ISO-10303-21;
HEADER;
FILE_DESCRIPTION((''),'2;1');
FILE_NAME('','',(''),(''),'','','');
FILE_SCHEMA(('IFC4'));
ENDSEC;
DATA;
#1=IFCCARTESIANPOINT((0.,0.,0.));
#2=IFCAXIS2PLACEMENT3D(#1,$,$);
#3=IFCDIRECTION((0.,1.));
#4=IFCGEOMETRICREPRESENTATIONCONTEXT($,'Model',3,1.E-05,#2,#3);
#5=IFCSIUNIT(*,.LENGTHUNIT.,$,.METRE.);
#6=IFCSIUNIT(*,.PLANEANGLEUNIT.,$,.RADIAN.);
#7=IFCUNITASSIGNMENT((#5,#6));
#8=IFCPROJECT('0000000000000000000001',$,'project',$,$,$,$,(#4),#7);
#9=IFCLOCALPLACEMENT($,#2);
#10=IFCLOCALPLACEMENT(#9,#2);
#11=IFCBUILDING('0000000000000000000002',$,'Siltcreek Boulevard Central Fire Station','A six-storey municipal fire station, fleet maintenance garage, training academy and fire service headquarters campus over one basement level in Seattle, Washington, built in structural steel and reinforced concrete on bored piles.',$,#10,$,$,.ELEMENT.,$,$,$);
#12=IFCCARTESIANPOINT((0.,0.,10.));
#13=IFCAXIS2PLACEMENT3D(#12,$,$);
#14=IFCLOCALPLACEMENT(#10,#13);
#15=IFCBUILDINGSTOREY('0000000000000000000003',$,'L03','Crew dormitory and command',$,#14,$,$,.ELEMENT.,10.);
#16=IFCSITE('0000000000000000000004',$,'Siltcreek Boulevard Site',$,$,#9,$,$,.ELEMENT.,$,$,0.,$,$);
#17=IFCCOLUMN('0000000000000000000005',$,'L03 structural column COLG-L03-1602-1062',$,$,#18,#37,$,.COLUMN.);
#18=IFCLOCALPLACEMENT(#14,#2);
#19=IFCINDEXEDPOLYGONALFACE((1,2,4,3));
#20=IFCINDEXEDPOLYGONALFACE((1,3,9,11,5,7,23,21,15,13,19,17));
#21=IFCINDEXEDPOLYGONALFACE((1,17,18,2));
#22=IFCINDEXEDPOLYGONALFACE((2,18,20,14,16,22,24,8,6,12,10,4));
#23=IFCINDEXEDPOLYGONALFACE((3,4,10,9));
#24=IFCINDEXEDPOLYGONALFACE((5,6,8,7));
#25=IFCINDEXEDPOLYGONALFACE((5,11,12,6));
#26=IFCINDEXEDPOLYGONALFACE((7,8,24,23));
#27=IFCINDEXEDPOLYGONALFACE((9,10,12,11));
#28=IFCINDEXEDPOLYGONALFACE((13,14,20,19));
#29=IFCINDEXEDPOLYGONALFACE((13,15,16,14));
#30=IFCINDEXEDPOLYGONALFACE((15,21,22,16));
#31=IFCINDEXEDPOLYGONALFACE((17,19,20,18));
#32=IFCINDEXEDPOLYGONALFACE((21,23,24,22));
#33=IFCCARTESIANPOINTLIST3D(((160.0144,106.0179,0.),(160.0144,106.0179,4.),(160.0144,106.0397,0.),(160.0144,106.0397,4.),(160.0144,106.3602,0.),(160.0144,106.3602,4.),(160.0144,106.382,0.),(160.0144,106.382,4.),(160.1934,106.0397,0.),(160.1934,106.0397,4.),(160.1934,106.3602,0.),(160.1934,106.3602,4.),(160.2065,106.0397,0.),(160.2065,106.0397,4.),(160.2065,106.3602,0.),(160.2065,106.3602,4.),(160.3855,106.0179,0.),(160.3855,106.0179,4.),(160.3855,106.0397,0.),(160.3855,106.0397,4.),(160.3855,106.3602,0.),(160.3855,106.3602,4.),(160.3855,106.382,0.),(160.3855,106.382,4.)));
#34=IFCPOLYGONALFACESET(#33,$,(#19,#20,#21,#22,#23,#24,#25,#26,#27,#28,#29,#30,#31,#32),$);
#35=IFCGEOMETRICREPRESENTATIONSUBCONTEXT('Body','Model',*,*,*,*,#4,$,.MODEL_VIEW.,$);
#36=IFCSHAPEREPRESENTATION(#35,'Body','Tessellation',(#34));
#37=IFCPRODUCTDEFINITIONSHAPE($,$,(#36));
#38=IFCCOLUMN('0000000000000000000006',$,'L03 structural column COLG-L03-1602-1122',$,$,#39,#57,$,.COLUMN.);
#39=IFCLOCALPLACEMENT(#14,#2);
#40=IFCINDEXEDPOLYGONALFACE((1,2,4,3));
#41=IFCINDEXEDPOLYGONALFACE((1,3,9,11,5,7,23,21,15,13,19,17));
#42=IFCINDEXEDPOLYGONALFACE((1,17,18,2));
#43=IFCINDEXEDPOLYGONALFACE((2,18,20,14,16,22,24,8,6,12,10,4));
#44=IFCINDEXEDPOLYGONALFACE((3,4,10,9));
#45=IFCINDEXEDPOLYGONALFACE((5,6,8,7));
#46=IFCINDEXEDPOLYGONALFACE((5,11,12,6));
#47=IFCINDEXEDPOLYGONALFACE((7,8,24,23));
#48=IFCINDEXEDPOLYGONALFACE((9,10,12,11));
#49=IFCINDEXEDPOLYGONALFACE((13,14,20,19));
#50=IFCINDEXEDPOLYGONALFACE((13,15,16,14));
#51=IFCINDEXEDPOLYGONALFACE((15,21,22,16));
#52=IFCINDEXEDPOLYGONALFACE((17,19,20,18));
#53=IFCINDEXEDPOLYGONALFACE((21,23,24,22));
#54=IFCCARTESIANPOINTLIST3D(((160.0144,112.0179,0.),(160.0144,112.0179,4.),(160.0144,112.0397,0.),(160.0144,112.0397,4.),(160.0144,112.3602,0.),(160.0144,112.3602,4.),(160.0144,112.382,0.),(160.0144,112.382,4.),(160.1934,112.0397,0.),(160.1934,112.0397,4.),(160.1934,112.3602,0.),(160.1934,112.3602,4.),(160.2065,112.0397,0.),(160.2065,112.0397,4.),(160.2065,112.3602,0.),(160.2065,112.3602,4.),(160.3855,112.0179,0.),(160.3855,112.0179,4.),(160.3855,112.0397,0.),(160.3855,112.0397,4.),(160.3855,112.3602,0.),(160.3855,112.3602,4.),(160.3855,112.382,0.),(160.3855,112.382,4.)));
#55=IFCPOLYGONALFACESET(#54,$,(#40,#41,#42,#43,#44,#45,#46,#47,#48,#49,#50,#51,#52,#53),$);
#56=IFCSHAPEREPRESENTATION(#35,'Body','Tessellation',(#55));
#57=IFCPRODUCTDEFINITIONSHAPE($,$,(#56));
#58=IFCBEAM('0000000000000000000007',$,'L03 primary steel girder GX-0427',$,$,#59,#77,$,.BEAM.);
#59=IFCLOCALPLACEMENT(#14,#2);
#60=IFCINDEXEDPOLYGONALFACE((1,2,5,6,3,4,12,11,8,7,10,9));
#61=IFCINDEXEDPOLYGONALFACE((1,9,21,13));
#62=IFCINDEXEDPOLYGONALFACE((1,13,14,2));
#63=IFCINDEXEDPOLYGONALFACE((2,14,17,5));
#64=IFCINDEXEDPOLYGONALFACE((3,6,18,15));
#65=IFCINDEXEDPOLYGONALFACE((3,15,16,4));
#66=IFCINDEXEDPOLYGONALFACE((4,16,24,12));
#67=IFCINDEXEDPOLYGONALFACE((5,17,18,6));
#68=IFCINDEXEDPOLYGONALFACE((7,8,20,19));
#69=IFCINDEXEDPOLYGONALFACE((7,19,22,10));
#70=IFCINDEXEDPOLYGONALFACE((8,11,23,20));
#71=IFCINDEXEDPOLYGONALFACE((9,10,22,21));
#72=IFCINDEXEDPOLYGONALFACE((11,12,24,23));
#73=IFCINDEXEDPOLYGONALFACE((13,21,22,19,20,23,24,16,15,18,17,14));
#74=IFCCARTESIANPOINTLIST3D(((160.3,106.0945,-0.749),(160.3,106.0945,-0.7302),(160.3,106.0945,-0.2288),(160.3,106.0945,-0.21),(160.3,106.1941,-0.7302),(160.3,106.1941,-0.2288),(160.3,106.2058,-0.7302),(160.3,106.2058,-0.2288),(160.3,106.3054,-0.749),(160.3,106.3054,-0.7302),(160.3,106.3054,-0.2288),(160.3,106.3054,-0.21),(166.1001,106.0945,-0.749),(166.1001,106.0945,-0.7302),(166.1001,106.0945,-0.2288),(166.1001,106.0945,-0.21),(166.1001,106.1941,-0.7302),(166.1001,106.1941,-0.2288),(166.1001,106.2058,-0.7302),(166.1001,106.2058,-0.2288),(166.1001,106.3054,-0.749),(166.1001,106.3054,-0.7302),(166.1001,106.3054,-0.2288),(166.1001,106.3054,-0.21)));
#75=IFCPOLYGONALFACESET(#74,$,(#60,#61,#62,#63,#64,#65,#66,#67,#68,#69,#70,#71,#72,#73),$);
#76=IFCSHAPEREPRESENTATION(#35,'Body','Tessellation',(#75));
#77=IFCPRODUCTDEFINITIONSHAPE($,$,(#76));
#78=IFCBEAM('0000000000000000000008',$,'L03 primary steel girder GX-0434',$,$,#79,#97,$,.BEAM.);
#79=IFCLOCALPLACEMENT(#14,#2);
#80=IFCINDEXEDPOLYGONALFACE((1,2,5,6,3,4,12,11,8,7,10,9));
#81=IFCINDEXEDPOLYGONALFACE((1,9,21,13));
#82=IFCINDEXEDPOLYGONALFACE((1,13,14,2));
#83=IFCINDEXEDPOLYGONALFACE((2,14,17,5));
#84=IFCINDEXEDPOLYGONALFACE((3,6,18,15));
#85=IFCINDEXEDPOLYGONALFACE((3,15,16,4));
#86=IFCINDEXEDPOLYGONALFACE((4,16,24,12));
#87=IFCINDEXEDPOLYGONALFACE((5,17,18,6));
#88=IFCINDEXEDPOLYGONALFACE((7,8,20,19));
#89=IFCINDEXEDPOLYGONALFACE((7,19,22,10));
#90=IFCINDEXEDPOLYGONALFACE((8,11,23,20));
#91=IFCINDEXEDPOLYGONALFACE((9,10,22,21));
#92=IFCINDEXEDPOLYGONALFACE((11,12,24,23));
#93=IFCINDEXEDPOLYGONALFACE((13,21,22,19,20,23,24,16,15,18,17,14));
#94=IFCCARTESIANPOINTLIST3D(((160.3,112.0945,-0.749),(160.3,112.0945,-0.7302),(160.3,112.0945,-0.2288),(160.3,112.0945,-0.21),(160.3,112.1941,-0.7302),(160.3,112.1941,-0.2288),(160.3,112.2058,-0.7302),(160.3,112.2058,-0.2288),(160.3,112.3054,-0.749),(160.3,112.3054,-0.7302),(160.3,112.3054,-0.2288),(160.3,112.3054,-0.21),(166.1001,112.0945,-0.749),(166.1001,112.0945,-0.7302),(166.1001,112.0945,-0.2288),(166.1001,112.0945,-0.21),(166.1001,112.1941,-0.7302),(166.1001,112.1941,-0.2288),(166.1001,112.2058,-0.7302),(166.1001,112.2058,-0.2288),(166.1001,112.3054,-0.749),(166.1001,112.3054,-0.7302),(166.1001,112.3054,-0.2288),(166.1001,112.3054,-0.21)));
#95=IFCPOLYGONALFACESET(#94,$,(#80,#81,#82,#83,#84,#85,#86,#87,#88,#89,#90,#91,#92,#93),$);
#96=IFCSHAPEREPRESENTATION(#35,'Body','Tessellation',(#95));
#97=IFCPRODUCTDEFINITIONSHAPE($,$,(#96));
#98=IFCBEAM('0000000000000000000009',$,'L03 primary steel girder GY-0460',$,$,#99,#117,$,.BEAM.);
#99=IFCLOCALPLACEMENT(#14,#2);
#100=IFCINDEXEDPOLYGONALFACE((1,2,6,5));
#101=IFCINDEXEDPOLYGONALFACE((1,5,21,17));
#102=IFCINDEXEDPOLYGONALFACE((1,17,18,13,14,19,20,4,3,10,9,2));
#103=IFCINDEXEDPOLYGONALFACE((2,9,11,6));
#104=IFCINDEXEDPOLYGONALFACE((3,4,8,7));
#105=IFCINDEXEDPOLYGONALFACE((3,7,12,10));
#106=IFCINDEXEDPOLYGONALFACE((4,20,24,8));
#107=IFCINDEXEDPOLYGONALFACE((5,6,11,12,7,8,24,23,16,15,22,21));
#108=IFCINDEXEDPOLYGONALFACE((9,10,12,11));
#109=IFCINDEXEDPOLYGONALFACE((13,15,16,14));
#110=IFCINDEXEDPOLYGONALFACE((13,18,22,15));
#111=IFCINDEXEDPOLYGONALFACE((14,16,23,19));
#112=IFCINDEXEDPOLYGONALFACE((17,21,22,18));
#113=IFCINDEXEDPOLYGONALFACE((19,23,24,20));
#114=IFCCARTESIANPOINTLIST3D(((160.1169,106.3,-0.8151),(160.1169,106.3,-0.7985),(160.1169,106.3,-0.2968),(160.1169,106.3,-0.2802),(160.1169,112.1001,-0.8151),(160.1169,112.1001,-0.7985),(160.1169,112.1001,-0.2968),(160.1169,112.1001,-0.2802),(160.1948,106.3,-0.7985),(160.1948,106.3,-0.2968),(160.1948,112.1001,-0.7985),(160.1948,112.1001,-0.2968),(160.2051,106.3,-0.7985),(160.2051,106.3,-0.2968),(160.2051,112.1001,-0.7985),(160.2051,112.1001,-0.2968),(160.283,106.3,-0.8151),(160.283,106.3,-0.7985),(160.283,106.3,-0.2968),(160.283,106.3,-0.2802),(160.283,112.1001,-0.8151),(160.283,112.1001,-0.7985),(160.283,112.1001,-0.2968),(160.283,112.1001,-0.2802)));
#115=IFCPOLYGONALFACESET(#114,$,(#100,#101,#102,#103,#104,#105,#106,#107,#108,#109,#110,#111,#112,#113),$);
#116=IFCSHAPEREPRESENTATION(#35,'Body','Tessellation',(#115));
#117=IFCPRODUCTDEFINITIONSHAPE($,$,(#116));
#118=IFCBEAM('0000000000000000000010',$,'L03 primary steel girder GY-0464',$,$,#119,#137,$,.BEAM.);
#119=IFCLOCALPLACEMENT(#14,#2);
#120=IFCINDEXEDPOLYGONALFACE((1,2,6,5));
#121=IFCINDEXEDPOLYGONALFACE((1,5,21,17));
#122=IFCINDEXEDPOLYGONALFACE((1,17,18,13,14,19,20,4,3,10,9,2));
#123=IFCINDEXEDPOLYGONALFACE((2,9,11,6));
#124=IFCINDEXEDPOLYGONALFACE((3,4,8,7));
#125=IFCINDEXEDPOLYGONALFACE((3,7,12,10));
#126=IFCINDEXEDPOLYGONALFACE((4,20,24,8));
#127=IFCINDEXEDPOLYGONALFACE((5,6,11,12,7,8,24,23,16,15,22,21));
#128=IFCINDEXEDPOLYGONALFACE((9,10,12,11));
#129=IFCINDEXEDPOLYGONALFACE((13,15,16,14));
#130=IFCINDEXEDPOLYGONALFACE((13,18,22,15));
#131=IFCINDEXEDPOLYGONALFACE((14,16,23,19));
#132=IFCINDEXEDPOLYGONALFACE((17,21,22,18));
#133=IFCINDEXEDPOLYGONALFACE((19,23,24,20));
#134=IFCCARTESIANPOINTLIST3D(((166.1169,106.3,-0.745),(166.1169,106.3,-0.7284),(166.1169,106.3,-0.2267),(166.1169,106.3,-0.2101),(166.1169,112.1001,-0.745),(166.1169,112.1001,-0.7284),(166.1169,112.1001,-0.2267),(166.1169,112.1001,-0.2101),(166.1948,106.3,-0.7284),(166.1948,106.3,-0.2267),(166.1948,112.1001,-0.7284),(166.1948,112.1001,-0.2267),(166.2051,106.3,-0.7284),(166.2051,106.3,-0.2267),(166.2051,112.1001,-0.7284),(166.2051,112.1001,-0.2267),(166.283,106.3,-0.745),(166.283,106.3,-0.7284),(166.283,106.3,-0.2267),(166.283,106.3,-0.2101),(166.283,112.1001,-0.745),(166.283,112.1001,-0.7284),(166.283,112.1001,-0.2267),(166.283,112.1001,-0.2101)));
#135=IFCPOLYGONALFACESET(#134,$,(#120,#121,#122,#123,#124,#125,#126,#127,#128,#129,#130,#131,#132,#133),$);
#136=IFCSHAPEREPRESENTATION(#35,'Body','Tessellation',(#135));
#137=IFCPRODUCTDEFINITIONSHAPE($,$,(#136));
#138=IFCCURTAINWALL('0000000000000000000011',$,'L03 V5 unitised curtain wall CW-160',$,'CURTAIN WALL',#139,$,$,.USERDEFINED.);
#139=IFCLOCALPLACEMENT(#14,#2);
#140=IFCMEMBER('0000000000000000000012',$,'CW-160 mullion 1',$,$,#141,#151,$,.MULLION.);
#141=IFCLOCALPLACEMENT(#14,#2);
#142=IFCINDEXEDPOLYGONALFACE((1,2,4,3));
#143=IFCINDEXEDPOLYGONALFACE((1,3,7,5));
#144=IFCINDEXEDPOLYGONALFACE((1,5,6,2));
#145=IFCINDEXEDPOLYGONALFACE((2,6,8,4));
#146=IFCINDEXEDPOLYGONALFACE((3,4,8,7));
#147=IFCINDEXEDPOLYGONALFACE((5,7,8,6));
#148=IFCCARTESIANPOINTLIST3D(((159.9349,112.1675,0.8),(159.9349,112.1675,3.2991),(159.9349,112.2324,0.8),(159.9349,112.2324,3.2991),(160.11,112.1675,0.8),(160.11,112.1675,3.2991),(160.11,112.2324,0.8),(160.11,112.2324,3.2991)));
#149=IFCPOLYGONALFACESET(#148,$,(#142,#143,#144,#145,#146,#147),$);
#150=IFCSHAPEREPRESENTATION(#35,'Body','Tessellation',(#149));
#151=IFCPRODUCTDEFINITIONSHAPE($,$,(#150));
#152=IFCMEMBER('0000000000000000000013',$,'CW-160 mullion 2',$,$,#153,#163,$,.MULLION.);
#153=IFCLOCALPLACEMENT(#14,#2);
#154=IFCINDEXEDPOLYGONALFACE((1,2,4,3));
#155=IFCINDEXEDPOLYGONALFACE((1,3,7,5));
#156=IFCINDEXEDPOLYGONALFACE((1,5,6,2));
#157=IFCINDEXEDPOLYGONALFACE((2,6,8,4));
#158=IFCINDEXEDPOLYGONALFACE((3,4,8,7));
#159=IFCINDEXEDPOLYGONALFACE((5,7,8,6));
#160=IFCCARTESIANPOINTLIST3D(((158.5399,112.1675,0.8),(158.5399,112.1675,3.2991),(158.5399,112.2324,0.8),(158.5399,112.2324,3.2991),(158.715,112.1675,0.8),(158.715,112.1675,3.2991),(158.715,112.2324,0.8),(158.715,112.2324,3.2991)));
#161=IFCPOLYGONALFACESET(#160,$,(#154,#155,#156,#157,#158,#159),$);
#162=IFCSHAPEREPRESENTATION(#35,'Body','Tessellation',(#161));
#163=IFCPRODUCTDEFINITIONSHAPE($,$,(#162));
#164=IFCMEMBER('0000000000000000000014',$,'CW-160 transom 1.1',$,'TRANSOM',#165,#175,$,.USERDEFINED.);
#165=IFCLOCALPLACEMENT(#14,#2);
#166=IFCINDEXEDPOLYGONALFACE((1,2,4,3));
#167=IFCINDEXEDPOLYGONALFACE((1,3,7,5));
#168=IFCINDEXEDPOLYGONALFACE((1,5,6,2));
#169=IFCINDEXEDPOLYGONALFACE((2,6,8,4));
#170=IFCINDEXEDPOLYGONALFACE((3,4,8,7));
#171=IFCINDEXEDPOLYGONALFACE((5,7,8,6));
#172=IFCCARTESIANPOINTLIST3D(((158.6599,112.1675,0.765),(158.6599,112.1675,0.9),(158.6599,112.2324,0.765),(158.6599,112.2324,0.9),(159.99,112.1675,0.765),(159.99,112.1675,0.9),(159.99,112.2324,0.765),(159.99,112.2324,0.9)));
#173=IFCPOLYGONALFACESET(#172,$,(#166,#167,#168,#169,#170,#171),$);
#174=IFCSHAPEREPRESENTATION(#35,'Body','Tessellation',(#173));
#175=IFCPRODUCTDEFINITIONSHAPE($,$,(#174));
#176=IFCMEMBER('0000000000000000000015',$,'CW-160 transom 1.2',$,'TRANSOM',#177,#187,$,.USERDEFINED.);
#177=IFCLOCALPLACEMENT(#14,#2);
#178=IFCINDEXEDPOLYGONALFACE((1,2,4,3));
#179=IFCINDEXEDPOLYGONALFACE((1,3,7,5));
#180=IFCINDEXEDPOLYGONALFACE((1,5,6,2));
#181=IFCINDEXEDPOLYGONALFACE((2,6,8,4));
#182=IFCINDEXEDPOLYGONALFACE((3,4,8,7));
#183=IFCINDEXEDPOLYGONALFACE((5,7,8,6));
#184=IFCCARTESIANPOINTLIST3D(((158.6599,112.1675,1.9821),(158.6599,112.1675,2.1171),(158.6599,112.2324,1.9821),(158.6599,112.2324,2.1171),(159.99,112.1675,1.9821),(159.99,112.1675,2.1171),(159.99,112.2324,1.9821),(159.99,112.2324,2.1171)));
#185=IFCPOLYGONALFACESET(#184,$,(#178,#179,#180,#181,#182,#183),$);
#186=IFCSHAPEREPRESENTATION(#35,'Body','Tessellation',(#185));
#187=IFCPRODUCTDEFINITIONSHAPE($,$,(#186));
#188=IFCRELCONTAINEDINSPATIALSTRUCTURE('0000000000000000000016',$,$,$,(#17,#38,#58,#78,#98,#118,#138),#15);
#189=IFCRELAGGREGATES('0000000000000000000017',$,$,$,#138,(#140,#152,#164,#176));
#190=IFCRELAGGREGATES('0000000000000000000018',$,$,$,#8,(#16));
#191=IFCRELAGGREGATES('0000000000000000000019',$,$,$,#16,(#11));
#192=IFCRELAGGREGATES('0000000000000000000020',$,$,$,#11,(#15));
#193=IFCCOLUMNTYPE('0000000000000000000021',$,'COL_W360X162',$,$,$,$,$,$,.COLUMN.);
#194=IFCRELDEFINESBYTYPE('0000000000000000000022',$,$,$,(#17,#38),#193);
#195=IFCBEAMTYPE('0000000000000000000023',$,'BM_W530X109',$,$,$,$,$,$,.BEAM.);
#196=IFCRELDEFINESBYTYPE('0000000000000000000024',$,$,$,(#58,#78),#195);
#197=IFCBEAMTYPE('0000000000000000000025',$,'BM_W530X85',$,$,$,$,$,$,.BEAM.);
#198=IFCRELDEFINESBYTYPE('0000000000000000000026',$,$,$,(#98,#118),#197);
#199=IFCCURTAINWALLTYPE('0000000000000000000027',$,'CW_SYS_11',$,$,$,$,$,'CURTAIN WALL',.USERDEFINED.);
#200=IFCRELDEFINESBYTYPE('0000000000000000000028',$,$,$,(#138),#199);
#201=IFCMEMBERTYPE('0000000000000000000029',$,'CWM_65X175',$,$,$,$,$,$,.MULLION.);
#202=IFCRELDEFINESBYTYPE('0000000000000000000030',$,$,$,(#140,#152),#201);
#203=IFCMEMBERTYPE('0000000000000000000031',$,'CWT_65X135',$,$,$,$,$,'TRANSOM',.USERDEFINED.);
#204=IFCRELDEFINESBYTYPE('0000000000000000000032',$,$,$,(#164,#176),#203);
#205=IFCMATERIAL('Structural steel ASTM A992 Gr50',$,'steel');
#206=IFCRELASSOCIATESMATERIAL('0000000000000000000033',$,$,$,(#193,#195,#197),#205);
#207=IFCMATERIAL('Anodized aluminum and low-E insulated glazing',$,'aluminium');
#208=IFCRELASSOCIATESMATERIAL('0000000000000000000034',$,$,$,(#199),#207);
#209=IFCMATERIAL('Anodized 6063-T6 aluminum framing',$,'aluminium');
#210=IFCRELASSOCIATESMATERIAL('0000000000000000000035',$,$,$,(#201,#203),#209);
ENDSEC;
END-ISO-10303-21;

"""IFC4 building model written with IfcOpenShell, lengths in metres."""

from ifc_helpers import new_model, si_unit, direction, frame, origin, origin_2d, place, context, subcontext, project, spatial, rectangle, i_section, extrude, material, material_profile, profile_set, type_object, element, aggregate, save


model = new_model("IFC4")

# Units and contexts
model_context = context("Model", 3, precision=1e-05, world=origin(), true_north=direction((0.0, 1.0)))
body_context = subcontext(model_context, "Body", "Model", "MODEL_VIEW")
ifc_project = project(units=[si_unit("LENGTHUNIT", "METRE"), si_unit("PLANEANGLEUNIT", "RADIAN")], contexts=[model_context])

# Site, building, storey
site_placement = place(None, origin())
site = spatial("IfcSite", under=ifc_project, at=site_placement, Name="Siltcreek Boulevard Site", CompositionType="ELEMENT", RefElevation=0.0)
building_placement = place(site_placement, origin())
building = spatial("IfcBuilding", under=site, at=building_placement, Name="Siltcreek Boulevard Central Fire Station", Description="A six-storey municipal fire station, fleet maintenance garage, training academy and fire service headquarters campus over one basement level in Seattle, Washington, built in structural steel and reinforced concrete on bored piles.", CompositionType="ELEMENT")
storey_placement = place(building_placement, frame((0.0, 0.0, 10.0)))
storey = spatial("IfcBuildingStorey", under=building, at=storey_placement, Name="L03", Description="Crew dormitory and command", CompositionType="ELEMENT", Elevation=10.0)

# Columns
ifc_material_1 = material(Name="Structural steel ASTM A992 Gr50", Category="steel")
ifc_material_profile_1 = material_profile(ifc_material_1, i_section(OverallWidth=0.3711, OverallDepth=0.364, WebThickness=0.0132, FlangeThickness=0.0217, at=origin_2d()), Name="W360X162")
ifc_profile_set_1 = profile_set([ifc_material_profile_1], Name="Structural steel ASTM A992 Gr50")
column_type = type_object("IfcColumnType", Name="COL_W360X162", PredefinedType="COLUMN", material=ifc_profile_set_1)
for number, where, z_axis, x_axis, name in (
    (1, (160.2, 106.2, 0.0), (0.0, 0.0, 1.0), (1.0, 0.0, 0.0), "L03 structural column COLG-L03-1602-1062"),
    (2, (160.2, 112.2, 0.0), (0.0, 0.0, 1.0), (1.0, 0.0, 0.0), "L03 structural column COLG-L03-1602-1122"),
):
    element("IfcColumn", number, at=place(storey_placement, frame(where, z_axis=z_axis, x_axis=x_axis)), inside=storey, type_object=column_type, Name=name, PredefinedType="COLUMN", context=body_context, shape_type="SweptSolid", body=[
        extrude(i_section(OverallWidth=0.3711, OverallDepth=0.364, WebThickness=0.0132, FlangeThickness=0.0217, at=origin_2d()), origin(), (0.0, 0.0, 1.0), 4.0),
    ])

# Beams
ifc_material_profile_2 = material_profile(ifc_material_1, i_section(OverallWidth=0.2109, OverallDepth=0.5391, WebThickness=0.0117, FlangeThickness=0.0188, at=origin_2d()), Name="W530X109")
ifc_profile_set_2 = profile_set([ifc_material_profile_2], Name="Structural steel ASTM A992 Gr50")
beam_type_1 = type_object("IfcBeamType", Name="BM_W530X109", PredefinedType="BEAM", material=ifc_profile_set_2)
for number, where, z_axis, x_axis, name in (
    (3, (160.3, 106.2, -0.4795), (1.0, 0.0, 0.0), (0.0, 1.0, 0.0), "L03 primary steel girder GX-0427"),
    (4, (160.3, 112.2, -0.4795), (1.0, 0.0, 0.0), (0.0, 1.0, 0.0), "L03 primary steel girder GX-0434"),
):
    element("IfcBeam", number, at=place(storey_placement, frame(where, z_axis=z_axis, x_axis=x_axis)), inside=storey, type_object=beam_type_1, Name=name, PredefinedType="BEAM", context=body_context, shape_type="SweptSolid", body=[
        extrude(i_section(OverallWidth=0.2109, OverallDepth=0.5391, WebThickness=0.0117, FlangeThickness=0.0188, at=origin_2d()), origin(), (0.0, 0.0, 1.0), 5.8),
    ])
ifc_material_profile_3 = material_profile(ifc_material_1, i_section(OverallWidth=0.166, OverallDepth=0.5349, WebThickness=0.0103, FlangeThickness=0.0166, at=origin_2d()), Name="W530X85")
ifc_profile_set_3 = profile_set([ifc_material_profile_3], Name="Structural steel ASTM A992 Gr50")
beam_type_2 = type_object("IfcBeamType", Name="BM_W530X85", PredefinedType="BEAM", material=ifc_profile_set_3)
for number, where, z_axis, x_axis, name in (
    (5, (160.2, 106.3, -0.5476), (0.0, 1.0, 0.0), (-1.0, 0.0, 0.0), "L03 primary steel girder GY-0460"),
    (6, (166.2, 106.3, -0.4775), (0.0, 1.0, 0.0), (-1.0, 0.0, 0.0), "L03 primary steel girder GY-0464"),
):
    element("IfcBeam", number, at=place(storey_placement, frame(where, z_axis=z_axis, x_axis=x_axis)), inside=storey, type_object=beam_type_2, Name=name, PredefinedType="BEAM", context=body_context, shape_type="SweptSolid", body=[
        extrude(i_section(OverallWidth=0.166, OverallDepth=0.5349, WebThickness=0.0103, FlangeThickness=0.0166, at=origin_2d()), origin(), (0.0, 0.0, 1.0), 5.8),
    ])

# Curtain wall, members
ifc_material_2 = material(Name="Anodized aluminum and low-E insulated glazing", Category="aluminium")
curtain_wall_type = type_object("IfcCurtainWallType", Name="CW_SYS_11", ElementType="CURTAIN WALL", PredefinedType="USERDEFINED", material=ifc_material_2)
curtain_wall_placement = place(storey_placement, origin())
curtain_wall = element("IfcCurtainWall", 7, at=curtain_wall_placement, inside=storey, type_object=curtain_wall_type, Name="L03 V5 unitised curtain wall CW-160", ObjectType="CURTAIN WALL", PredefinedType="USERDEFINED")
ifc_material_3 = material(Name="Anodized 6063-T6 aluminum framing", Category="aluminium")
ifc_material_profile_4 = material_profile(ifc_material_3, rectangle(XDim=0.0649, YDim=0.175, at=origin_2d()), Name="MULL65X175")
ifc_profile_set_4 = profile_set([ifc_material_profile_4], Name="Anodized 6063-T6 aluminum framing")
member_type_1 = type_object("IfcMemberType", Name="CWM_65X175", PredefinedType="MULLION", material=ifc_profile_set_4)
member_1_placement = place(storey_placement, frame((160.0225, 112.2, 0.8), z_axis=(0.0, 0.0, 1.0), x_axis=(0.0, -1.0, 0.0)))
member_1 = element("IfcMember", 8, at=member_1_placement, type_object=member_type_1, Name="CW-160 mullion 1", PredefinedType="MULLION", context=body_context, shape_type="SweptSolid", body=[
    extrude(rectangle(XDim=0.0649, YDim=0.175, at=origin_2d()), origin(), (0.0, 0.0, 1.0), 2.499),
])
member_2_placement = place(storey_placement, frame((158.6274, 112.2, 0.8), z_axis=(0.0, 0.0, 1.0), x_axis=(0.0, -1.0, 0.0)))
member_2 = element("IfcMember", 9, at=member_2_placement, type_object=member_type_1, Name="CW-160 mullion 2", PredefinedType="MULLION", context=body_context, shape_type="SweptSolid", body=[
    extrude(rectangle(XDim=0.0649, YDim=0.175, at=origin_2d()), origin(), (0.0, 0.0, 1.0), 2.499),
])
ifc_material_profile_5 = material_profile(ifc_material_3, rectangle(XDim=0.0649, YDim=0.135, at=origin_2d()), Name="TRAN65X135")
ifc_profile_set_5 = profile_set([ifc_material_profile_5], Name="Anodized 6063-T6 aluminum framing")
member_type_2 = type_object("IfcMemberType", Name="CWT_65X135", ElementType="TRANSOM", PredefinedType="USERDEFINED", material=ifc_profile_set_5)
member_3_placement = place(storey_placement, frame((159.99, 112.2, 0.8325), z_axis=(-1.0, 0.0, 0.0), x_axis=(0.0, -1.0, 0.0)))
member_3 = element("IfcMember", 10, at=member_3_placement, type_object=member_type_2, Name="CW-160 transom 1.1", ObjectType="TRANSOM", PredefinedType="USERDEFINED", context=body_context, shape_type="SweptSolid", body=[
    extrude(rectangle(XDim=0.0649, YDim=0.135, at=origin_2d()), origin(), (0.0, 0.0, 1.0), 1.3301),
])
member_4_placement = place(storey_placement, frame((159.99, 112.2, 2.0496), z_axis=(-1.0, 0.0, 0.0), x_axis=(0.0, -1.0, 0.0)))
member_4 = element("IfcMember", 11, at=member_4_placement, type_object=member_type_2, Name="CW-160 transom 1.2", ObjectType="TRANSOM", PredefinedType="USERDEFINED", context=body_context, shape_type="SweptSolid", body=[
    extrude(rectangle(XDim=0.0649, YDim=0.135, at=origin_2d()), origin(), (0.0, 0.0, 1.0), 1.3301),
])

aggregate(curtain_wall, [member_1, member_2, member_3, member_4])

save(model, "model.ifc")
